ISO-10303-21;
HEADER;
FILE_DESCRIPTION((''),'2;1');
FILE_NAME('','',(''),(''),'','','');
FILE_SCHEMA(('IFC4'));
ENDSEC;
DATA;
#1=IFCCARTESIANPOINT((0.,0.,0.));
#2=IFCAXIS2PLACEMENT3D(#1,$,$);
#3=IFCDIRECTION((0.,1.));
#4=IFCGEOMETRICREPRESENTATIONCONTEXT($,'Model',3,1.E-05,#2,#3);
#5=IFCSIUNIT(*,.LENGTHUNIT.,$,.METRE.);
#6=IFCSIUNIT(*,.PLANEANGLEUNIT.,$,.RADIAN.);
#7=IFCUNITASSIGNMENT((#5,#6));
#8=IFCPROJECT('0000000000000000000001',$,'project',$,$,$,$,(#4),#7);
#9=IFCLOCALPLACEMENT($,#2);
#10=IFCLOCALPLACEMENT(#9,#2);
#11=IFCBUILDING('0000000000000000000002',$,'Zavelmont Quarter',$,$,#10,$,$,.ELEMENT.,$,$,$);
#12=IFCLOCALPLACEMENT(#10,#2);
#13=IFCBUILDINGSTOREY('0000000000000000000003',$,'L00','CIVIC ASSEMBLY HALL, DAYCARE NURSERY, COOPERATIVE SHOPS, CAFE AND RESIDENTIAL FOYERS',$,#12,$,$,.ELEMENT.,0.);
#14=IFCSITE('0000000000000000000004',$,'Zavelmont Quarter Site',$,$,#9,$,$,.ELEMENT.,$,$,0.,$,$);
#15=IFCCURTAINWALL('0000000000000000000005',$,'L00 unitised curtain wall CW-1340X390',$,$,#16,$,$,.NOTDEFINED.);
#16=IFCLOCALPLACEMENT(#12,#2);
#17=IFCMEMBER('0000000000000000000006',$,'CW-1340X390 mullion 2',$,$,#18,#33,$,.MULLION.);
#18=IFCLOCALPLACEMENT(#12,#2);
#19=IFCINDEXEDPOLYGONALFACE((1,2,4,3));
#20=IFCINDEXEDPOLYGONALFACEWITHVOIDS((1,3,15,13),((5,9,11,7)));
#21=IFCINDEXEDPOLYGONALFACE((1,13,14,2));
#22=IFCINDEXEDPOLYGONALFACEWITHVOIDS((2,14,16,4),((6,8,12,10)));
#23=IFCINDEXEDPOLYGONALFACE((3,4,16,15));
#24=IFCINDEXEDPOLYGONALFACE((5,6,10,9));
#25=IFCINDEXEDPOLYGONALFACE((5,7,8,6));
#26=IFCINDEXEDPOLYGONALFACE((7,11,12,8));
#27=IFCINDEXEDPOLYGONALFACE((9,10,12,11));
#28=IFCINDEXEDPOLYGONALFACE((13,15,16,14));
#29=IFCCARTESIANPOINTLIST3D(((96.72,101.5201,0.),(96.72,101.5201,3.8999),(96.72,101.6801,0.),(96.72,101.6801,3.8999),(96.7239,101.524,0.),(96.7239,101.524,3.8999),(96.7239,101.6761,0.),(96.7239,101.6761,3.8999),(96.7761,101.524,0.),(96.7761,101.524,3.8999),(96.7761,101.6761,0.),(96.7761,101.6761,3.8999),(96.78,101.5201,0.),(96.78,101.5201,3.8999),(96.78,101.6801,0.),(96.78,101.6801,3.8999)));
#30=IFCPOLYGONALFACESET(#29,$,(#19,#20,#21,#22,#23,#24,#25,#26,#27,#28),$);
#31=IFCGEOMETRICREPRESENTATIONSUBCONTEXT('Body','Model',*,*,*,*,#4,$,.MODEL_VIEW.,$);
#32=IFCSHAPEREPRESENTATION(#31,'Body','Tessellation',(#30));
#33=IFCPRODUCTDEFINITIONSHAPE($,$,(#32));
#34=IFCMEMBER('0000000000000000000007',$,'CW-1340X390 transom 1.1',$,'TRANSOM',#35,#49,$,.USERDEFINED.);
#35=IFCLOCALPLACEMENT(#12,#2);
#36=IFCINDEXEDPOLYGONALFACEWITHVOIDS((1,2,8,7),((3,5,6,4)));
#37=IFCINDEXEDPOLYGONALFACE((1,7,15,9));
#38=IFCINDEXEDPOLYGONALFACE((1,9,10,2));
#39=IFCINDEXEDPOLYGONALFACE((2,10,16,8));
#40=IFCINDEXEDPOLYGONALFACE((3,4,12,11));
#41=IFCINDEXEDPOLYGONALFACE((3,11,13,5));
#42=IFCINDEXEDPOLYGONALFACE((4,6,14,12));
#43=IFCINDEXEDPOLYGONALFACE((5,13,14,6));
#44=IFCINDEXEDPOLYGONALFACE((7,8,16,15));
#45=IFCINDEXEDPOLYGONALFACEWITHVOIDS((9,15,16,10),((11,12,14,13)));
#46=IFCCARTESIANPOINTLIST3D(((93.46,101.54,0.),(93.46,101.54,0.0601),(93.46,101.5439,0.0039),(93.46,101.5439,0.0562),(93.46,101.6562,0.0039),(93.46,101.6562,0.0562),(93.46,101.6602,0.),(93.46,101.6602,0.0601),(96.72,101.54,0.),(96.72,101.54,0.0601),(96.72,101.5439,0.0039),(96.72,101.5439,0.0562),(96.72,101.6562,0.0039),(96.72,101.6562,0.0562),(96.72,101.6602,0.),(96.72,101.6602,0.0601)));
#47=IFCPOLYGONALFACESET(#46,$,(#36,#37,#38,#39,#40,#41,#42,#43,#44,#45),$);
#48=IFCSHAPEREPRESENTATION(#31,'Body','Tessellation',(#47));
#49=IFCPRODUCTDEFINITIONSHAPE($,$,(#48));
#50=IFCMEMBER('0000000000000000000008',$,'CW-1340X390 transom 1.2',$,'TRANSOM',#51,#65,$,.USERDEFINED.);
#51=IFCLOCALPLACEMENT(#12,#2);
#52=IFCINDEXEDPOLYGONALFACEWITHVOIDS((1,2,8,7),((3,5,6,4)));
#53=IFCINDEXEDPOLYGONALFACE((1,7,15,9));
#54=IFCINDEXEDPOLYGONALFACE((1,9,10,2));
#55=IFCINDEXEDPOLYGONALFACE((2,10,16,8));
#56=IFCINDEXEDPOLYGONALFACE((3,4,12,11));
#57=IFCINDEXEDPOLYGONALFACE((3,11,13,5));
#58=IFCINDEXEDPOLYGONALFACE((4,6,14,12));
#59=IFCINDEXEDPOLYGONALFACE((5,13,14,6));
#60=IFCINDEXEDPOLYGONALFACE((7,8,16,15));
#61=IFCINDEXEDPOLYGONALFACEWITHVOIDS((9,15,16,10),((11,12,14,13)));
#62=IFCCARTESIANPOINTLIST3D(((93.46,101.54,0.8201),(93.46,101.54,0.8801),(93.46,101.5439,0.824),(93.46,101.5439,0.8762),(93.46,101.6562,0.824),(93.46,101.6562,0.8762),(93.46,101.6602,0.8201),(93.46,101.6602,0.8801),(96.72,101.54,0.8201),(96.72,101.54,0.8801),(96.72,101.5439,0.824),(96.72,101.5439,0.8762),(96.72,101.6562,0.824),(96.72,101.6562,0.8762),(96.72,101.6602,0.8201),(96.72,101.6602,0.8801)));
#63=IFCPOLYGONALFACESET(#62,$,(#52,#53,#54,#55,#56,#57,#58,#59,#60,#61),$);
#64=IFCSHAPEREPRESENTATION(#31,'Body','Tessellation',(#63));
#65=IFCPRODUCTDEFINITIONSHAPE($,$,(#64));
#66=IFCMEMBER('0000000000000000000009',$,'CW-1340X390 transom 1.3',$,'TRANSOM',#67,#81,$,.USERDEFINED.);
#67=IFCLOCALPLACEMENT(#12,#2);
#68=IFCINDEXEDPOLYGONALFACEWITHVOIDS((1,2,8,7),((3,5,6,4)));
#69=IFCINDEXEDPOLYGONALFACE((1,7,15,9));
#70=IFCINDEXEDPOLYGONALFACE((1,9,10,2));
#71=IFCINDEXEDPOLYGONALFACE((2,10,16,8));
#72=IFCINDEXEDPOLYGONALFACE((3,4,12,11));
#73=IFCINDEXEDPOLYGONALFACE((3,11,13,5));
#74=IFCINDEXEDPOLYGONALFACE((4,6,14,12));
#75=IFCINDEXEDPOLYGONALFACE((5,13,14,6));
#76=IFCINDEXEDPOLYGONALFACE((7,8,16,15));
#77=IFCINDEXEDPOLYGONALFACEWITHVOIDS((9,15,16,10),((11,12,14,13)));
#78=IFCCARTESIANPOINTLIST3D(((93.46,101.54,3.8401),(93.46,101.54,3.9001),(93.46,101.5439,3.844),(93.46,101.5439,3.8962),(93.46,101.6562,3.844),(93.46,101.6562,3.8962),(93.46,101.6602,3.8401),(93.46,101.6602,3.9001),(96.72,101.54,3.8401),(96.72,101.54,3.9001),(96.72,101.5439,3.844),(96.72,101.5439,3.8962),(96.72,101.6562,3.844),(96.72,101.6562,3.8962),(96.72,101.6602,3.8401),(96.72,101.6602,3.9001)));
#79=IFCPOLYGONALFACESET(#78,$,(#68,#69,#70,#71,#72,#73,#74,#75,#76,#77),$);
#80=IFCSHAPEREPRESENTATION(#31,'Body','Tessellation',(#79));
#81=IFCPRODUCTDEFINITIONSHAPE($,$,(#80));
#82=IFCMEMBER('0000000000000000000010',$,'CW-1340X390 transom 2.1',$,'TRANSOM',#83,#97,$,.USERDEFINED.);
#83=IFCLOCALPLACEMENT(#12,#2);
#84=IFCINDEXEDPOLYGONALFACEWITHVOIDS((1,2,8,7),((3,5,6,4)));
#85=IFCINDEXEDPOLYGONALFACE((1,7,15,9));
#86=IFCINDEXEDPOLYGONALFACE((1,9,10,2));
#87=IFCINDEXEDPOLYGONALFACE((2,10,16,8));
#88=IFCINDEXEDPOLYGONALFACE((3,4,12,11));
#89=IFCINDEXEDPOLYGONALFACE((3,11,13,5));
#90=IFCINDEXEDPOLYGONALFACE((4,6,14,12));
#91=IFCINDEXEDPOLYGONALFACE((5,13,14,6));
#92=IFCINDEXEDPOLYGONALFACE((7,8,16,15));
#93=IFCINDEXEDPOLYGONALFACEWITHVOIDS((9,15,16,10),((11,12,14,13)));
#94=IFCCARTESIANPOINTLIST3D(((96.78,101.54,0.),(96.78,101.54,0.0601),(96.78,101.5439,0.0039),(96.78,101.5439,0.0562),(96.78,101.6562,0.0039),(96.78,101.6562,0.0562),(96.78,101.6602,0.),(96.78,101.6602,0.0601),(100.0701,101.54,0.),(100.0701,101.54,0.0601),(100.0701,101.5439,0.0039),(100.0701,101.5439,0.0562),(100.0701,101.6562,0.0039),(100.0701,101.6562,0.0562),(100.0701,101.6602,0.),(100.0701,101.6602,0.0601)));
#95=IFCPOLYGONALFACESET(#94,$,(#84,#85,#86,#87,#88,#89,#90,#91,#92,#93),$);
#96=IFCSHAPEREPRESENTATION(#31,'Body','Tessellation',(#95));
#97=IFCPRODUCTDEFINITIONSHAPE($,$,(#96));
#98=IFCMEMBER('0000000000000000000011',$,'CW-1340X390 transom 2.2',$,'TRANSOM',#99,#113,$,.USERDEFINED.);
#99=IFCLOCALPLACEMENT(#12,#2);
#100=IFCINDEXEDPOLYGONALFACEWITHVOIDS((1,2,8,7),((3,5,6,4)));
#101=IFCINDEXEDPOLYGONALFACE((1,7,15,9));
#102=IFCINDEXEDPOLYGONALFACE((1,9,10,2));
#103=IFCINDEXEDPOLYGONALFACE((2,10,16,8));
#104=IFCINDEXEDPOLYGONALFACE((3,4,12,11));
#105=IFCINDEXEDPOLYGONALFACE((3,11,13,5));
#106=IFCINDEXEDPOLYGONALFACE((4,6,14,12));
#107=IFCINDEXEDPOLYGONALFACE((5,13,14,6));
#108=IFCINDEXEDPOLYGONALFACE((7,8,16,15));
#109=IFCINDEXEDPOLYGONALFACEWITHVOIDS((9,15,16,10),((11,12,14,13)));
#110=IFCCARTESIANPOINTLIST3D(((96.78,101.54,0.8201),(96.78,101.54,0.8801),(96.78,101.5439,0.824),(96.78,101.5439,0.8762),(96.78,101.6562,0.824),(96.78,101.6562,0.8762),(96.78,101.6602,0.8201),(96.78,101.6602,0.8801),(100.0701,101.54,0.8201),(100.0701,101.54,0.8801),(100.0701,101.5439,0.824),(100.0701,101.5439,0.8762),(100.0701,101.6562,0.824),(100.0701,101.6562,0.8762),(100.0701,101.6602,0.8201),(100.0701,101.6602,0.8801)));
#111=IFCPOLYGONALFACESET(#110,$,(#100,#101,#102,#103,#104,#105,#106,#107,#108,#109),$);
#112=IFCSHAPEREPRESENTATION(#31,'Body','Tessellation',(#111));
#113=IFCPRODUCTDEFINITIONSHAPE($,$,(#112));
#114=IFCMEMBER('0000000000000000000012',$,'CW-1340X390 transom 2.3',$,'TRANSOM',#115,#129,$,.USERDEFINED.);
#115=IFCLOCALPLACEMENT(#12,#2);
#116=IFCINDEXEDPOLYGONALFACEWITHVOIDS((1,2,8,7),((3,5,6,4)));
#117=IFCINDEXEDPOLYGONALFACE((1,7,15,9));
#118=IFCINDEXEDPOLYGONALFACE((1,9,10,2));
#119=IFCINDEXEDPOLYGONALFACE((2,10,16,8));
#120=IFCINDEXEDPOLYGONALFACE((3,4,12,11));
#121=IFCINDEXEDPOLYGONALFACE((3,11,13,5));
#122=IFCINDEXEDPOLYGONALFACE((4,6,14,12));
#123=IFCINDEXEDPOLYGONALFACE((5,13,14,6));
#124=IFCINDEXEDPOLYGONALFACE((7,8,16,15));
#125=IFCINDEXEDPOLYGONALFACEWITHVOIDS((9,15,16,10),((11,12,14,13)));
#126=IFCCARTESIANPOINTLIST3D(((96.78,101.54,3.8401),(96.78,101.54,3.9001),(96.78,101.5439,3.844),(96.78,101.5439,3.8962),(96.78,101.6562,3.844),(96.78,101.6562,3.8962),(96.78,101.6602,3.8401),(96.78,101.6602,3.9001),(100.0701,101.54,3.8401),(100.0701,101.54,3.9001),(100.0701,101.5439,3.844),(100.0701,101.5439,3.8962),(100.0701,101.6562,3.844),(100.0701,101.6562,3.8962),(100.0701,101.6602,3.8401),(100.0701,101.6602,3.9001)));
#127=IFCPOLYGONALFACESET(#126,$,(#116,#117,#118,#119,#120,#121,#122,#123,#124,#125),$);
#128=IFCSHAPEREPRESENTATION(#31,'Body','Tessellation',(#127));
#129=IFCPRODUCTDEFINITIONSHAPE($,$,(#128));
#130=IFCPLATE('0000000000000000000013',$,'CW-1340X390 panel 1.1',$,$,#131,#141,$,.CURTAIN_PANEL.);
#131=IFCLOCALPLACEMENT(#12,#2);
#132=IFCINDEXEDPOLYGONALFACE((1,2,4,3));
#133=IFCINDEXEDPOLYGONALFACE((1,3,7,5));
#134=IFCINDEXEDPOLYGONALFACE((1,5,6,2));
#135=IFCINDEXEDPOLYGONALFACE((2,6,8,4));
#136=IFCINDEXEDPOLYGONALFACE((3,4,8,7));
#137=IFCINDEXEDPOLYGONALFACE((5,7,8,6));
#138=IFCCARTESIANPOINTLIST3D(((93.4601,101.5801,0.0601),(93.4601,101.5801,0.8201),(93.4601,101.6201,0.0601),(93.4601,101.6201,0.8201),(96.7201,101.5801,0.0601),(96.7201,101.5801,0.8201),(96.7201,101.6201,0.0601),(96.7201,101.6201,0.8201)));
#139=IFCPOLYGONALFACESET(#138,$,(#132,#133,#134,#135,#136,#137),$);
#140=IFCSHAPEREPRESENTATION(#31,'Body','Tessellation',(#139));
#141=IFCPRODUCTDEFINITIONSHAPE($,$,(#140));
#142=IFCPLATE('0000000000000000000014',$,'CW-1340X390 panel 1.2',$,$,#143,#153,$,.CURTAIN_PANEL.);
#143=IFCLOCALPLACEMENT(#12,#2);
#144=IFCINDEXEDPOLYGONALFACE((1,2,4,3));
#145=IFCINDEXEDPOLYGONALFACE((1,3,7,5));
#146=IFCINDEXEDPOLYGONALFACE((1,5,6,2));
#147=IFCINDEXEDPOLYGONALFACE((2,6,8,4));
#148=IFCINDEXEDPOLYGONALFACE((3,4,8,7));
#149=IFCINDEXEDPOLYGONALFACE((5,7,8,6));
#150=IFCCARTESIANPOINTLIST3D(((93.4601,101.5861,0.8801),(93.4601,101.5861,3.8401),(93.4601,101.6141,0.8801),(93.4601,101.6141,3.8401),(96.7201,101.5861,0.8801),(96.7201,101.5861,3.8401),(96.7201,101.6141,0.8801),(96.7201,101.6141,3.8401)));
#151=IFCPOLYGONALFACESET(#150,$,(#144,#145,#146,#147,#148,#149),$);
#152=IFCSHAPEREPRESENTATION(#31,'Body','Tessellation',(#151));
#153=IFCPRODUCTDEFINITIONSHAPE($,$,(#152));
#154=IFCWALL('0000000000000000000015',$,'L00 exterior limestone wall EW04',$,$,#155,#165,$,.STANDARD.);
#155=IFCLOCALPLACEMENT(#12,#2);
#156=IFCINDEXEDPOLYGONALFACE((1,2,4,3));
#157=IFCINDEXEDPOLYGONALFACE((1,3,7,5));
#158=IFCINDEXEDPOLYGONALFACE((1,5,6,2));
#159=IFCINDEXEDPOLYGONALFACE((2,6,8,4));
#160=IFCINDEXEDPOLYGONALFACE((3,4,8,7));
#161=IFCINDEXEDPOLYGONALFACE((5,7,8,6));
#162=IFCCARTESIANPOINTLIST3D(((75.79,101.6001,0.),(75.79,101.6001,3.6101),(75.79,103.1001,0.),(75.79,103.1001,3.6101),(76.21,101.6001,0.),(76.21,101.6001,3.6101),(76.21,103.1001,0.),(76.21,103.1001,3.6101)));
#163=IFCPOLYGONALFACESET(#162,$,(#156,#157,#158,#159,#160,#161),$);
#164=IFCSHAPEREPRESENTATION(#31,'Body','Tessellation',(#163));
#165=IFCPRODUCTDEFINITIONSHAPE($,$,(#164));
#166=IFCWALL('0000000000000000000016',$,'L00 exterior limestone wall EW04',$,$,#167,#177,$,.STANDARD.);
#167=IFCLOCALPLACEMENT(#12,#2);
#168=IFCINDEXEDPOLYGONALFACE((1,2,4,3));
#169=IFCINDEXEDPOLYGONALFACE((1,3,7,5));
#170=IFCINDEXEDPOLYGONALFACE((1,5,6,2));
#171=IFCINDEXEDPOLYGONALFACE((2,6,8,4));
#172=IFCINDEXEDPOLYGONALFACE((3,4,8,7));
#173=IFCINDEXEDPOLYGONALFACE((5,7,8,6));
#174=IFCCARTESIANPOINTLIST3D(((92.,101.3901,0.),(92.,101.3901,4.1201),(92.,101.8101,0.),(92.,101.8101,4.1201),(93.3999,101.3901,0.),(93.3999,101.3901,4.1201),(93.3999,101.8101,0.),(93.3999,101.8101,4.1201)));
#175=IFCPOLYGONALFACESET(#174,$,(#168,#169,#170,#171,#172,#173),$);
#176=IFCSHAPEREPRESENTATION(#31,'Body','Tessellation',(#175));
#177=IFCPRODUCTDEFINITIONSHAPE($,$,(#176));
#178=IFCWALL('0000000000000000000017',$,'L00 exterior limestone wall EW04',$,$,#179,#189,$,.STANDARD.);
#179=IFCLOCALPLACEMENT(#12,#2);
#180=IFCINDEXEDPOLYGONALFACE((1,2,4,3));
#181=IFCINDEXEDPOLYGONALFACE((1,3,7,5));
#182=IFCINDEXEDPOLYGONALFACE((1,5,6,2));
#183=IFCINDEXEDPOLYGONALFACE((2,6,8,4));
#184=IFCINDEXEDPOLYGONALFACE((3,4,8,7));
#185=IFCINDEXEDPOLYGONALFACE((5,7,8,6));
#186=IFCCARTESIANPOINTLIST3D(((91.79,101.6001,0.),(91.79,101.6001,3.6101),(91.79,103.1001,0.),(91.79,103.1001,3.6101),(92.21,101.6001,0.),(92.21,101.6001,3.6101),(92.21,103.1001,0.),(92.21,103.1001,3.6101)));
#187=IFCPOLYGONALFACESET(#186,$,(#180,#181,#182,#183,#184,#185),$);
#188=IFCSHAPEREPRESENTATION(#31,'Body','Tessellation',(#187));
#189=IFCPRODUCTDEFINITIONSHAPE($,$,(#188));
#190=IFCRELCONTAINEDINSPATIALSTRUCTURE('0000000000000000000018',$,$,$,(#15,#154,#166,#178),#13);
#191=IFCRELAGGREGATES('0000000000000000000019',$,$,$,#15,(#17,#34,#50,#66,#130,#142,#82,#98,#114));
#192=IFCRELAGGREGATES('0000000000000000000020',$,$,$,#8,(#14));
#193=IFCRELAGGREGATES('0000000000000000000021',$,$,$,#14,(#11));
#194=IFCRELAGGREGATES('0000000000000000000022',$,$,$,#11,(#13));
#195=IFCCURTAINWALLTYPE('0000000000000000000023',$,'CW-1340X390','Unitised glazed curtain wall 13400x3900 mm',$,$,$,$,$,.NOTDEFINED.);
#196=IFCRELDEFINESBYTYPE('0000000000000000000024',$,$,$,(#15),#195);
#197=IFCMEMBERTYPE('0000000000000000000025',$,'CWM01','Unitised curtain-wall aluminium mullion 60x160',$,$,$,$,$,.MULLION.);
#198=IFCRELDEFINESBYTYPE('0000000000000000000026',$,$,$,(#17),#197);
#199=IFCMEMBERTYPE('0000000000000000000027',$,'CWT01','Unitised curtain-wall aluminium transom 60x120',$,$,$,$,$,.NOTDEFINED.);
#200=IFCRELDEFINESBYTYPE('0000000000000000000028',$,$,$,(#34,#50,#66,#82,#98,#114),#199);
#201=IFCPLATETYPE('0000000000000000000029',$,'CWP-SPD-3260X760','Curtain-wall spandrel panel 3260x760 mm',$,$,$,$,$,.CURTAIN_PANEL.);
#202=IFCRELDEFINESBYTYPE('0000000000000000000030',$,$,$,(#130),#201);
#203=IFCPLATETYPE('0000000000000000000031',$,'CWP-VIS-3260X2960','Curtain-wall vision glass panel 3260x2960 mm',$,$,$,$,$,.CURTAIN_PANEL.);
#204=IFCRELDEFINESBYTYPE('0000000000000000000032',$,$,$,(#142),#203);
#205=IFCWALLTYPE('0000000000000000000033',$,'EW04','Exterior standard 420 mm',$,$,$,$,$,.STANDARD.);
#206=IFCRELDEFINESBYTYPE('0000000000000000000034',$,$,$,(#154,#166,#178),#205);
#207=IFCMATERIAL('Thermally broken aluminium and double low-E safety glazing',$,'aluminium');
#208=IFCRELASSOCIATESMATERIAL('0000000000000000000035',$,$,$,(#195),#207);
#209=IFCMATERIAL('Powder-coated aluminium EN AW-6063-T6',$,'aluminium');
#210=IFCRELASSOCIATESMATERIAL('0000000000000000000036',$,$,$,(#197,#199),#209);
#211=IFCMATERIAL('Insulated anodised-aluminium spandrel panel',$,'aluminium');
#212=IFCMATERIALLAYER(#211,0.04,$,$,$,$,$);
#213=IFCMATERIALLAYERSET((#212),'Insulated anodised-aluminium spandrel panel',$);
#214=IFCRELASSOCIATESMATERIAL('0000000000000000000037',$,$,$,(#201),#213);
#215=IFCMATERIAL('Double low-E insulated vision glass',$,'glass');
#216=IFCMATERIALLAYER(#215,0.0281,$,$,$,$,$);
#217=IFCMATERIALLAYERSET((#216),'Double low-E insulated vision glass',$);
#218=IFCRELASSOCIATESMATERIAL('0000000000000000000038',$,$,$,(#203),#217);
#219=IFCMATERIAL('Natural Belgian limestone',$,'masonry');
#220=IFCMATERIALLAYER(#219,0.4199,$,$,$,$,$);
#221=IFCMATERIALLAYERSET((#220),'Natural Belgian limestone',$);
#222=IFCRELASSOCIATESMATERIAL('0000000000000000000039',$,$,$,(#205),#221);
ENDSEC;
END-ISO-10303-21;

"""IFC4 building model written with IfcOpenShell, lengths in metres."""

from ifc_helpers import new_model, si_unit, direction, frame, frame_2d, origin, origin_2d, place, context, subcontext, project, spatial, rectangle, hollow_rectangle, extrude, material, layer, layer_set, material_profile, profile_set, type_object, element, aggregate, save


model = new_model("IFC4")

# Units and contexts
model_context = context("Model", 3, precision=1e-05, world=origin(), true_north=direction((0.0, 1.0)))
body_context = subcontext(model_context, "Body", "Model", "MODEL_VIEW")
ifc_project = project(units=[si_unit("LENGTHUNIT", "METRE"), si_unit("PLANEANGLEUNIT", "RADIAN")], contexts=[model_context])

# Site, building, storey
site_placement = place(None, origin())
site = spatial("IfcSite", under=ifc_project, at=site_placement, Name="Zavelmont Quarter Site", CompositionType="ELEMENT", RefElevation=0.0)
building_placement = place(site_placement, origin())
building = spatial("IfcBuilding", under=site, at=building_placement, Name="Zavelmont Quarter", CompositionType="ELEMENT")
storey_placement = place(building_placement, origin())
storey = spatial("IfcBuildingStorey", under=building, at=storey_placement, Name="L00", Description="CIVIC ASSEMBLY HALL, DAYCARE NURSERY, COOPERATIVE SHOPS, CAFE AND RESIDENTIAL FOYERS", CompositionType="ELEMENT", Elevation=0.0)

# Shared definitions
ifc_material_1 = material(Name="Thermally broken aluminium and double low-E safety glazing", Category="aluminium")
curtain_wall_type = type_object("IfcCurtainWallType", Name="CW-1340X390", Description="Unitised glazed curtain wall 13400x3900 mm", PredefinedType="NOTDEFINED", material=ifc_material_1)
ifc_material_2 = material(Name="Powder-coated aluminium EN AW-6063-T6", Category="aluminium")
ifc_material_profile_1 = material_profile(ifc_material_2, hollow_rectangle(XDim=0.0601, YDim=0.1599, WallThickness=0.0039, at=origin_2d()), Name="CWM60X160")
ifc_profile_set_1 = profile_set([ifc_material_profile_1], Name="Powder-coated aluminium EN AW-6063-T6")
member_type_1 = type_object("IfcMemberType", Name="CWM01", Description="Unitised curtain-wall aluminium mullion 60x160", PredefinedType="MULLION", material=ifc_profile_set_1)

# Curtain wall, members, plates
curtain_wall_1_placement = place(storey_placement, origin())
curtain_wall_1 = element("IfcCurtainWall", 1, at=curtain_wall_1_placement, inside=storey, type_object=curtain_wall_type, Name="L00 unitised curtain wall CW-1340X390", PredefinedType="NOTDEFINED")
member_1_placement = place(storey_placement, frame((96.75, 101.6001, 0.0), z_axis=(0.0, 0.0, 1.0), x_axis=(1.0, 0.0, 0.0)))
member_1 = element("IfcMember", 2, at=member_1_placement, type_object=member_type_1, Name="CW-1340X390 mullion 2", PredefinedType="MULLION", context=body_context, shape_type="SweptSolid", body=[
    extrude(hollow_rectangle(XDim=0.0601, YDim=0.1599, WallThickness=0.0039, at=origin_2d()), origin(), (0.0, 0.0, 1.0), 3.8999),
])
ifc_material_profile_2 = material_profile(ifc_material_2, hollow_rectangle(XDim=0.1201, YDim=0.0601, WallThickness=0.0039, at=origin_2d()), Name="CWT60X120")
ifc_profile_set_2 = profile_set([ifc_material_profile_2], Name="Powder-coated aluminium EN AW-6063-T6")
member_type_2 = type_object("IfcMemberType", Name="CWT01", Description="Unitised curtain-wall aluminium transom 60x120", PredefinedType="NOTDEFINED", material=ifc_profile_set_2)
member_2_placement = place(storey_placement, frame((93.46, 101.6001, 0.03), z_axis=(1.0, 0.0, 0.0), x_axis=(0.0, 1.0, 0.0)))
member_2 = element("IfcMember", 3, at=member_2_placement, type_object=member_type_2, Name="CW-1340X390 transom 1.1", ObjectType="TRANSOM", PredefinedType="USERDEFINED", context=body_context, shape_type="SweptSolid", body=[
    extrude(hollow_rectangle(XDim=0.1201, YDim=0.0601, WallThickness=0.0039, at=origin_2d()), origin(), (0.0, 0.0, 1.0), 3.26),
])
member_3_placement = place(storey_placement, frame((93.46, 101.6001, 0.8501), z_axis=(1.0, 0.0, 0.0), x_axis=(0.0, 1.0, 0.0)))
member_3 = element("IfcMember", 4, at=member_3_placement, type_object=member_type_2, Name="CW-1340X390 transom 1.2", ObjectType="TRANSOM", PredefinedType="USERDEFINED", context=body_context, shape_type="SweptSolid", body=[
    extrude(hollow_rectangle(XDim=0.1201, YDim=0.0601, WallThickness=0.0039, at=origin_2d()), origin(), (0.0, 0.0, 1.0), 3.26),
])
member_4_placement = place(storey_placement, frame((93.46, 101.6001, 3.8701), z_axis=(1.0, 0.0, 0.0), x_axis=(0.0, 1.0, 0.0)))
member_4 = element("IfcMember", 5, at=member_4_placement, type_object=member_type_2, Name="CW-1340X390 transom 1.3", ObjectType="TRANSOM", PredefinedType="USERDEFINED", context=body_context, shape_type="SweptSolid", body=[
    extrude(hollow_rectangle(XDim=0.1201, YDim=0.0601, WallThickness=0.0039, at=origin_2d()), origin(), (0.0, 0.0, 1.0), 3.26),
])
member_5_placement = place(storey_placement, frame((96.78, 101.6001, 0.03), z_axis=(1.0, 0.0, 0.0), x_axis=(0.0, 1.0, 0.0)))
member_5 = element("IfcMember", 6, at=member_5_placement, type_object=member_type_2, Name="CW-1340X390 transom 2.1", ObjectType="TRANSOM", PredefinedType="USERDEFINED", context=body_context, shape_type="SweptSolid", body=[
    extrude(hollow_rectangle(XDim=0.1201, YDim=0.0601, WallThickness=0.0039, at=origin_2d()), origin(), (0.0, 0.0, 1.0), 3.29),
])
member_6_placement = place(storey_placement, frame((96.78, 101.6001, 0.8501), z_axis=(1.0, 0.0, 0.0), x_axis=(0.0, 1.0, 0.0)))
member_6 = element("IfcMember", 7, at=member_6_placement, type_object=member_type_2, Name="CW-1340X390 transom 2.2", ObjectType="TRANSOM", PredefinedType="USERDEFINED", context=body_context, shape_type="SweptSolid", body=[
    extrude(hollow_rectangle(XDim=0.1201, YDim=0.0601, WallThickness=0.0039, at=origin_2d()), origin(), (0.0, 0.0, 1.0), 3.29),
])
member_7_placement = place(storey_placement, frame((96.78, 101.6001, 3.8701), z_axis=(1.0, 0.0, 0.0), x_axis=(0.0, 1.0, 0.0)))
member_7 = element("IfcMember", 8, at=member_7_placement, type_object=member_type_2, Name="CW-1340X390 transom 2.3", ObjectType="TRANSOM", PredefinedType="USERDEFINED", context=body_context, shape_type="SweptSolid", body=[
    extrude(hollow_rectangle(XDim=0.1201, YDim=0.0601, WallThickness=0.0039, at=origin_2d()), origin(), (0.0, 0.0, 1.0), 3.29),
])
ifc_material_3 = material(Name="Insulated anodised-aluminium spandrel panel", Category="aluminium")
ifc_layer_1 = layer(ifc_material_3, 0.04)
ifc_layer_set_1 = layer_set([ifc_layer_1], Name="Insulated anodised-aluminium spandrel panel")
plate_type_1 = type_object("IfcPlateType", Name="CWP-SPD-3260X760", Description="Curtain-wall spandrel panel 3260x760 mm", PredefinedType="CURTAIN_PANEL", material=ifc_layer_set_1)
plate_1_placement = place(storey_placement, frame((95.0901, 101.6001, 0.0601), z_axis=(0.0, 0.0, 1.0), x_axis=(1.0, 0.0, 0.0)))
plate_1 = element("IfcPlate", 9, at=plate_1_placement, type_object=plate_type_1, Name="CW-1340X390 panel 1.1", PredefinedType="CURTAIN_PANEL", context=body_context, shape_type="SweptSolid", body=[
    extrude(rectangle(XDim=3.26, YDim=0.04, at=origin_2d()), origin(), (0.0, 0.0, 1.0), 0.76),
])
ifc_material_4 = material(Name="Double low-E insulated vision glass", Category="glass")
ifc_layer_2 = layer(ifc_material_4, 0.0281)
ifc_layer_set_2 = layer_set([ifc_layer_2], Name="Double low-E insulated vision glass")
plate_type_2 = type_object("IfcPlateType", Name="CWP-VIS-3260X2960", Description="Curtain-wall vision glass panel 3260x2960 mm", PredefinedType="CURTAIN_PANEL", material=ifc_layer_set_2)
plate_2_placement = place(storey_placement, frame((95.0901, 101.6001, 0.8801), z_axis=(0.0, 0.0, 1.0), x_axis=(1.0, 0.0, 0.0)))
plate_2 = element("IfcPlate", 10, at=plate_2_placement, type_object=plate_type_2, Name="CW-1340X390 panel 1.2", PredefinedType="CURTAIN_PANEL", context=body_context, shape_type="SweptSolid", body=[
    extrude(rectangle(XDim=3.26, YDim=0.0281, at=origin_2d()), origin(), (0.0, 0.0, 1.0), 2.96),
])
aggregate(curtain_wall_1, [member_1, member_2, member_3, member_4, plate_1, plate_2, member_5, member_6, member_7])

# Shared definitions
ifc_material_5 = material(Name="Natural Belgian limestone", Category="masonry")
ifc_layer_3 = layer(ifc_material_5, 0.4199)
ifc_layer_set_3 = layer_set([ifc_layer_3], Name="Natural Belgian limestone")
wall_type_1 = type_object("IfcWallType", Name="EW04", Description="Exterior standard 420 mm", PredefinedType="STANDARD", material=ifc_layer_set_3)

# Walls
wall_1_placement = place(storey_placement, frame((76.0, 101.6001, 0.0), z_axis=(0.0, 0.0, 1.0), x_axis=(0.0, 1.0, 0.0)))
element("IfcWall", 11, at=wall_1_placement, inside=storey, type_object=wall_type_1, Name="L00 exterior limestone wall EW04", PredefinedType="STANDARD", context=body_context, shape_type="SweptSolid", body=[
    extrude(rectangle(XDim=1.5, YDim=0.4199, at=frame_2d((0.75, 0.0))), origin(), (0.0, 0.0, 1.0), 3.6101),
])
wall_2_placement = place(storey_placement, frame((92.0, 101.6001, 0.0), z_axis=(0.0, 0.0, 1.0), x_axis=(1.0, 0.0, 0.0)))
element("IfcWall", 12, at=wall_2_placement, inside=storey, type_object=wall_type_1, Name="L00 exterior limestone wall EW04", PredefinedType="STANDARD", context=body_context, shape_type="SweptSolid", body=[
    extrude(rectangle(XDim=1.3999, YDim=0.4199, at=frame_2d((0.7, 0.0))), origin(), (0.0, 0.0, 1.0), 4.1201),
])
wall_3_placement = place(storey_placement, frame((92.0, 101.6001, 0.0), z_axis=(0.0, 0.0, 1.0), x_axis=(0.0, 1.0, 0.0)))
element("IfcWall", 13, at=wall_3_placement, inside=storey, type_object=wall_type_1, Name="L00 exterior limestone wall EW04", PredefinedType="STANDARD", context=body_context, shape_type="SweptSolid", body=[
    extrude(rectangle(XDim=1.5, YDim=0.4199, at=frame_2d((0.75, 0.0))), origin(), (0.0, 0.0, 1.0), 3.6101),
])

save(model, "model.ifc")
